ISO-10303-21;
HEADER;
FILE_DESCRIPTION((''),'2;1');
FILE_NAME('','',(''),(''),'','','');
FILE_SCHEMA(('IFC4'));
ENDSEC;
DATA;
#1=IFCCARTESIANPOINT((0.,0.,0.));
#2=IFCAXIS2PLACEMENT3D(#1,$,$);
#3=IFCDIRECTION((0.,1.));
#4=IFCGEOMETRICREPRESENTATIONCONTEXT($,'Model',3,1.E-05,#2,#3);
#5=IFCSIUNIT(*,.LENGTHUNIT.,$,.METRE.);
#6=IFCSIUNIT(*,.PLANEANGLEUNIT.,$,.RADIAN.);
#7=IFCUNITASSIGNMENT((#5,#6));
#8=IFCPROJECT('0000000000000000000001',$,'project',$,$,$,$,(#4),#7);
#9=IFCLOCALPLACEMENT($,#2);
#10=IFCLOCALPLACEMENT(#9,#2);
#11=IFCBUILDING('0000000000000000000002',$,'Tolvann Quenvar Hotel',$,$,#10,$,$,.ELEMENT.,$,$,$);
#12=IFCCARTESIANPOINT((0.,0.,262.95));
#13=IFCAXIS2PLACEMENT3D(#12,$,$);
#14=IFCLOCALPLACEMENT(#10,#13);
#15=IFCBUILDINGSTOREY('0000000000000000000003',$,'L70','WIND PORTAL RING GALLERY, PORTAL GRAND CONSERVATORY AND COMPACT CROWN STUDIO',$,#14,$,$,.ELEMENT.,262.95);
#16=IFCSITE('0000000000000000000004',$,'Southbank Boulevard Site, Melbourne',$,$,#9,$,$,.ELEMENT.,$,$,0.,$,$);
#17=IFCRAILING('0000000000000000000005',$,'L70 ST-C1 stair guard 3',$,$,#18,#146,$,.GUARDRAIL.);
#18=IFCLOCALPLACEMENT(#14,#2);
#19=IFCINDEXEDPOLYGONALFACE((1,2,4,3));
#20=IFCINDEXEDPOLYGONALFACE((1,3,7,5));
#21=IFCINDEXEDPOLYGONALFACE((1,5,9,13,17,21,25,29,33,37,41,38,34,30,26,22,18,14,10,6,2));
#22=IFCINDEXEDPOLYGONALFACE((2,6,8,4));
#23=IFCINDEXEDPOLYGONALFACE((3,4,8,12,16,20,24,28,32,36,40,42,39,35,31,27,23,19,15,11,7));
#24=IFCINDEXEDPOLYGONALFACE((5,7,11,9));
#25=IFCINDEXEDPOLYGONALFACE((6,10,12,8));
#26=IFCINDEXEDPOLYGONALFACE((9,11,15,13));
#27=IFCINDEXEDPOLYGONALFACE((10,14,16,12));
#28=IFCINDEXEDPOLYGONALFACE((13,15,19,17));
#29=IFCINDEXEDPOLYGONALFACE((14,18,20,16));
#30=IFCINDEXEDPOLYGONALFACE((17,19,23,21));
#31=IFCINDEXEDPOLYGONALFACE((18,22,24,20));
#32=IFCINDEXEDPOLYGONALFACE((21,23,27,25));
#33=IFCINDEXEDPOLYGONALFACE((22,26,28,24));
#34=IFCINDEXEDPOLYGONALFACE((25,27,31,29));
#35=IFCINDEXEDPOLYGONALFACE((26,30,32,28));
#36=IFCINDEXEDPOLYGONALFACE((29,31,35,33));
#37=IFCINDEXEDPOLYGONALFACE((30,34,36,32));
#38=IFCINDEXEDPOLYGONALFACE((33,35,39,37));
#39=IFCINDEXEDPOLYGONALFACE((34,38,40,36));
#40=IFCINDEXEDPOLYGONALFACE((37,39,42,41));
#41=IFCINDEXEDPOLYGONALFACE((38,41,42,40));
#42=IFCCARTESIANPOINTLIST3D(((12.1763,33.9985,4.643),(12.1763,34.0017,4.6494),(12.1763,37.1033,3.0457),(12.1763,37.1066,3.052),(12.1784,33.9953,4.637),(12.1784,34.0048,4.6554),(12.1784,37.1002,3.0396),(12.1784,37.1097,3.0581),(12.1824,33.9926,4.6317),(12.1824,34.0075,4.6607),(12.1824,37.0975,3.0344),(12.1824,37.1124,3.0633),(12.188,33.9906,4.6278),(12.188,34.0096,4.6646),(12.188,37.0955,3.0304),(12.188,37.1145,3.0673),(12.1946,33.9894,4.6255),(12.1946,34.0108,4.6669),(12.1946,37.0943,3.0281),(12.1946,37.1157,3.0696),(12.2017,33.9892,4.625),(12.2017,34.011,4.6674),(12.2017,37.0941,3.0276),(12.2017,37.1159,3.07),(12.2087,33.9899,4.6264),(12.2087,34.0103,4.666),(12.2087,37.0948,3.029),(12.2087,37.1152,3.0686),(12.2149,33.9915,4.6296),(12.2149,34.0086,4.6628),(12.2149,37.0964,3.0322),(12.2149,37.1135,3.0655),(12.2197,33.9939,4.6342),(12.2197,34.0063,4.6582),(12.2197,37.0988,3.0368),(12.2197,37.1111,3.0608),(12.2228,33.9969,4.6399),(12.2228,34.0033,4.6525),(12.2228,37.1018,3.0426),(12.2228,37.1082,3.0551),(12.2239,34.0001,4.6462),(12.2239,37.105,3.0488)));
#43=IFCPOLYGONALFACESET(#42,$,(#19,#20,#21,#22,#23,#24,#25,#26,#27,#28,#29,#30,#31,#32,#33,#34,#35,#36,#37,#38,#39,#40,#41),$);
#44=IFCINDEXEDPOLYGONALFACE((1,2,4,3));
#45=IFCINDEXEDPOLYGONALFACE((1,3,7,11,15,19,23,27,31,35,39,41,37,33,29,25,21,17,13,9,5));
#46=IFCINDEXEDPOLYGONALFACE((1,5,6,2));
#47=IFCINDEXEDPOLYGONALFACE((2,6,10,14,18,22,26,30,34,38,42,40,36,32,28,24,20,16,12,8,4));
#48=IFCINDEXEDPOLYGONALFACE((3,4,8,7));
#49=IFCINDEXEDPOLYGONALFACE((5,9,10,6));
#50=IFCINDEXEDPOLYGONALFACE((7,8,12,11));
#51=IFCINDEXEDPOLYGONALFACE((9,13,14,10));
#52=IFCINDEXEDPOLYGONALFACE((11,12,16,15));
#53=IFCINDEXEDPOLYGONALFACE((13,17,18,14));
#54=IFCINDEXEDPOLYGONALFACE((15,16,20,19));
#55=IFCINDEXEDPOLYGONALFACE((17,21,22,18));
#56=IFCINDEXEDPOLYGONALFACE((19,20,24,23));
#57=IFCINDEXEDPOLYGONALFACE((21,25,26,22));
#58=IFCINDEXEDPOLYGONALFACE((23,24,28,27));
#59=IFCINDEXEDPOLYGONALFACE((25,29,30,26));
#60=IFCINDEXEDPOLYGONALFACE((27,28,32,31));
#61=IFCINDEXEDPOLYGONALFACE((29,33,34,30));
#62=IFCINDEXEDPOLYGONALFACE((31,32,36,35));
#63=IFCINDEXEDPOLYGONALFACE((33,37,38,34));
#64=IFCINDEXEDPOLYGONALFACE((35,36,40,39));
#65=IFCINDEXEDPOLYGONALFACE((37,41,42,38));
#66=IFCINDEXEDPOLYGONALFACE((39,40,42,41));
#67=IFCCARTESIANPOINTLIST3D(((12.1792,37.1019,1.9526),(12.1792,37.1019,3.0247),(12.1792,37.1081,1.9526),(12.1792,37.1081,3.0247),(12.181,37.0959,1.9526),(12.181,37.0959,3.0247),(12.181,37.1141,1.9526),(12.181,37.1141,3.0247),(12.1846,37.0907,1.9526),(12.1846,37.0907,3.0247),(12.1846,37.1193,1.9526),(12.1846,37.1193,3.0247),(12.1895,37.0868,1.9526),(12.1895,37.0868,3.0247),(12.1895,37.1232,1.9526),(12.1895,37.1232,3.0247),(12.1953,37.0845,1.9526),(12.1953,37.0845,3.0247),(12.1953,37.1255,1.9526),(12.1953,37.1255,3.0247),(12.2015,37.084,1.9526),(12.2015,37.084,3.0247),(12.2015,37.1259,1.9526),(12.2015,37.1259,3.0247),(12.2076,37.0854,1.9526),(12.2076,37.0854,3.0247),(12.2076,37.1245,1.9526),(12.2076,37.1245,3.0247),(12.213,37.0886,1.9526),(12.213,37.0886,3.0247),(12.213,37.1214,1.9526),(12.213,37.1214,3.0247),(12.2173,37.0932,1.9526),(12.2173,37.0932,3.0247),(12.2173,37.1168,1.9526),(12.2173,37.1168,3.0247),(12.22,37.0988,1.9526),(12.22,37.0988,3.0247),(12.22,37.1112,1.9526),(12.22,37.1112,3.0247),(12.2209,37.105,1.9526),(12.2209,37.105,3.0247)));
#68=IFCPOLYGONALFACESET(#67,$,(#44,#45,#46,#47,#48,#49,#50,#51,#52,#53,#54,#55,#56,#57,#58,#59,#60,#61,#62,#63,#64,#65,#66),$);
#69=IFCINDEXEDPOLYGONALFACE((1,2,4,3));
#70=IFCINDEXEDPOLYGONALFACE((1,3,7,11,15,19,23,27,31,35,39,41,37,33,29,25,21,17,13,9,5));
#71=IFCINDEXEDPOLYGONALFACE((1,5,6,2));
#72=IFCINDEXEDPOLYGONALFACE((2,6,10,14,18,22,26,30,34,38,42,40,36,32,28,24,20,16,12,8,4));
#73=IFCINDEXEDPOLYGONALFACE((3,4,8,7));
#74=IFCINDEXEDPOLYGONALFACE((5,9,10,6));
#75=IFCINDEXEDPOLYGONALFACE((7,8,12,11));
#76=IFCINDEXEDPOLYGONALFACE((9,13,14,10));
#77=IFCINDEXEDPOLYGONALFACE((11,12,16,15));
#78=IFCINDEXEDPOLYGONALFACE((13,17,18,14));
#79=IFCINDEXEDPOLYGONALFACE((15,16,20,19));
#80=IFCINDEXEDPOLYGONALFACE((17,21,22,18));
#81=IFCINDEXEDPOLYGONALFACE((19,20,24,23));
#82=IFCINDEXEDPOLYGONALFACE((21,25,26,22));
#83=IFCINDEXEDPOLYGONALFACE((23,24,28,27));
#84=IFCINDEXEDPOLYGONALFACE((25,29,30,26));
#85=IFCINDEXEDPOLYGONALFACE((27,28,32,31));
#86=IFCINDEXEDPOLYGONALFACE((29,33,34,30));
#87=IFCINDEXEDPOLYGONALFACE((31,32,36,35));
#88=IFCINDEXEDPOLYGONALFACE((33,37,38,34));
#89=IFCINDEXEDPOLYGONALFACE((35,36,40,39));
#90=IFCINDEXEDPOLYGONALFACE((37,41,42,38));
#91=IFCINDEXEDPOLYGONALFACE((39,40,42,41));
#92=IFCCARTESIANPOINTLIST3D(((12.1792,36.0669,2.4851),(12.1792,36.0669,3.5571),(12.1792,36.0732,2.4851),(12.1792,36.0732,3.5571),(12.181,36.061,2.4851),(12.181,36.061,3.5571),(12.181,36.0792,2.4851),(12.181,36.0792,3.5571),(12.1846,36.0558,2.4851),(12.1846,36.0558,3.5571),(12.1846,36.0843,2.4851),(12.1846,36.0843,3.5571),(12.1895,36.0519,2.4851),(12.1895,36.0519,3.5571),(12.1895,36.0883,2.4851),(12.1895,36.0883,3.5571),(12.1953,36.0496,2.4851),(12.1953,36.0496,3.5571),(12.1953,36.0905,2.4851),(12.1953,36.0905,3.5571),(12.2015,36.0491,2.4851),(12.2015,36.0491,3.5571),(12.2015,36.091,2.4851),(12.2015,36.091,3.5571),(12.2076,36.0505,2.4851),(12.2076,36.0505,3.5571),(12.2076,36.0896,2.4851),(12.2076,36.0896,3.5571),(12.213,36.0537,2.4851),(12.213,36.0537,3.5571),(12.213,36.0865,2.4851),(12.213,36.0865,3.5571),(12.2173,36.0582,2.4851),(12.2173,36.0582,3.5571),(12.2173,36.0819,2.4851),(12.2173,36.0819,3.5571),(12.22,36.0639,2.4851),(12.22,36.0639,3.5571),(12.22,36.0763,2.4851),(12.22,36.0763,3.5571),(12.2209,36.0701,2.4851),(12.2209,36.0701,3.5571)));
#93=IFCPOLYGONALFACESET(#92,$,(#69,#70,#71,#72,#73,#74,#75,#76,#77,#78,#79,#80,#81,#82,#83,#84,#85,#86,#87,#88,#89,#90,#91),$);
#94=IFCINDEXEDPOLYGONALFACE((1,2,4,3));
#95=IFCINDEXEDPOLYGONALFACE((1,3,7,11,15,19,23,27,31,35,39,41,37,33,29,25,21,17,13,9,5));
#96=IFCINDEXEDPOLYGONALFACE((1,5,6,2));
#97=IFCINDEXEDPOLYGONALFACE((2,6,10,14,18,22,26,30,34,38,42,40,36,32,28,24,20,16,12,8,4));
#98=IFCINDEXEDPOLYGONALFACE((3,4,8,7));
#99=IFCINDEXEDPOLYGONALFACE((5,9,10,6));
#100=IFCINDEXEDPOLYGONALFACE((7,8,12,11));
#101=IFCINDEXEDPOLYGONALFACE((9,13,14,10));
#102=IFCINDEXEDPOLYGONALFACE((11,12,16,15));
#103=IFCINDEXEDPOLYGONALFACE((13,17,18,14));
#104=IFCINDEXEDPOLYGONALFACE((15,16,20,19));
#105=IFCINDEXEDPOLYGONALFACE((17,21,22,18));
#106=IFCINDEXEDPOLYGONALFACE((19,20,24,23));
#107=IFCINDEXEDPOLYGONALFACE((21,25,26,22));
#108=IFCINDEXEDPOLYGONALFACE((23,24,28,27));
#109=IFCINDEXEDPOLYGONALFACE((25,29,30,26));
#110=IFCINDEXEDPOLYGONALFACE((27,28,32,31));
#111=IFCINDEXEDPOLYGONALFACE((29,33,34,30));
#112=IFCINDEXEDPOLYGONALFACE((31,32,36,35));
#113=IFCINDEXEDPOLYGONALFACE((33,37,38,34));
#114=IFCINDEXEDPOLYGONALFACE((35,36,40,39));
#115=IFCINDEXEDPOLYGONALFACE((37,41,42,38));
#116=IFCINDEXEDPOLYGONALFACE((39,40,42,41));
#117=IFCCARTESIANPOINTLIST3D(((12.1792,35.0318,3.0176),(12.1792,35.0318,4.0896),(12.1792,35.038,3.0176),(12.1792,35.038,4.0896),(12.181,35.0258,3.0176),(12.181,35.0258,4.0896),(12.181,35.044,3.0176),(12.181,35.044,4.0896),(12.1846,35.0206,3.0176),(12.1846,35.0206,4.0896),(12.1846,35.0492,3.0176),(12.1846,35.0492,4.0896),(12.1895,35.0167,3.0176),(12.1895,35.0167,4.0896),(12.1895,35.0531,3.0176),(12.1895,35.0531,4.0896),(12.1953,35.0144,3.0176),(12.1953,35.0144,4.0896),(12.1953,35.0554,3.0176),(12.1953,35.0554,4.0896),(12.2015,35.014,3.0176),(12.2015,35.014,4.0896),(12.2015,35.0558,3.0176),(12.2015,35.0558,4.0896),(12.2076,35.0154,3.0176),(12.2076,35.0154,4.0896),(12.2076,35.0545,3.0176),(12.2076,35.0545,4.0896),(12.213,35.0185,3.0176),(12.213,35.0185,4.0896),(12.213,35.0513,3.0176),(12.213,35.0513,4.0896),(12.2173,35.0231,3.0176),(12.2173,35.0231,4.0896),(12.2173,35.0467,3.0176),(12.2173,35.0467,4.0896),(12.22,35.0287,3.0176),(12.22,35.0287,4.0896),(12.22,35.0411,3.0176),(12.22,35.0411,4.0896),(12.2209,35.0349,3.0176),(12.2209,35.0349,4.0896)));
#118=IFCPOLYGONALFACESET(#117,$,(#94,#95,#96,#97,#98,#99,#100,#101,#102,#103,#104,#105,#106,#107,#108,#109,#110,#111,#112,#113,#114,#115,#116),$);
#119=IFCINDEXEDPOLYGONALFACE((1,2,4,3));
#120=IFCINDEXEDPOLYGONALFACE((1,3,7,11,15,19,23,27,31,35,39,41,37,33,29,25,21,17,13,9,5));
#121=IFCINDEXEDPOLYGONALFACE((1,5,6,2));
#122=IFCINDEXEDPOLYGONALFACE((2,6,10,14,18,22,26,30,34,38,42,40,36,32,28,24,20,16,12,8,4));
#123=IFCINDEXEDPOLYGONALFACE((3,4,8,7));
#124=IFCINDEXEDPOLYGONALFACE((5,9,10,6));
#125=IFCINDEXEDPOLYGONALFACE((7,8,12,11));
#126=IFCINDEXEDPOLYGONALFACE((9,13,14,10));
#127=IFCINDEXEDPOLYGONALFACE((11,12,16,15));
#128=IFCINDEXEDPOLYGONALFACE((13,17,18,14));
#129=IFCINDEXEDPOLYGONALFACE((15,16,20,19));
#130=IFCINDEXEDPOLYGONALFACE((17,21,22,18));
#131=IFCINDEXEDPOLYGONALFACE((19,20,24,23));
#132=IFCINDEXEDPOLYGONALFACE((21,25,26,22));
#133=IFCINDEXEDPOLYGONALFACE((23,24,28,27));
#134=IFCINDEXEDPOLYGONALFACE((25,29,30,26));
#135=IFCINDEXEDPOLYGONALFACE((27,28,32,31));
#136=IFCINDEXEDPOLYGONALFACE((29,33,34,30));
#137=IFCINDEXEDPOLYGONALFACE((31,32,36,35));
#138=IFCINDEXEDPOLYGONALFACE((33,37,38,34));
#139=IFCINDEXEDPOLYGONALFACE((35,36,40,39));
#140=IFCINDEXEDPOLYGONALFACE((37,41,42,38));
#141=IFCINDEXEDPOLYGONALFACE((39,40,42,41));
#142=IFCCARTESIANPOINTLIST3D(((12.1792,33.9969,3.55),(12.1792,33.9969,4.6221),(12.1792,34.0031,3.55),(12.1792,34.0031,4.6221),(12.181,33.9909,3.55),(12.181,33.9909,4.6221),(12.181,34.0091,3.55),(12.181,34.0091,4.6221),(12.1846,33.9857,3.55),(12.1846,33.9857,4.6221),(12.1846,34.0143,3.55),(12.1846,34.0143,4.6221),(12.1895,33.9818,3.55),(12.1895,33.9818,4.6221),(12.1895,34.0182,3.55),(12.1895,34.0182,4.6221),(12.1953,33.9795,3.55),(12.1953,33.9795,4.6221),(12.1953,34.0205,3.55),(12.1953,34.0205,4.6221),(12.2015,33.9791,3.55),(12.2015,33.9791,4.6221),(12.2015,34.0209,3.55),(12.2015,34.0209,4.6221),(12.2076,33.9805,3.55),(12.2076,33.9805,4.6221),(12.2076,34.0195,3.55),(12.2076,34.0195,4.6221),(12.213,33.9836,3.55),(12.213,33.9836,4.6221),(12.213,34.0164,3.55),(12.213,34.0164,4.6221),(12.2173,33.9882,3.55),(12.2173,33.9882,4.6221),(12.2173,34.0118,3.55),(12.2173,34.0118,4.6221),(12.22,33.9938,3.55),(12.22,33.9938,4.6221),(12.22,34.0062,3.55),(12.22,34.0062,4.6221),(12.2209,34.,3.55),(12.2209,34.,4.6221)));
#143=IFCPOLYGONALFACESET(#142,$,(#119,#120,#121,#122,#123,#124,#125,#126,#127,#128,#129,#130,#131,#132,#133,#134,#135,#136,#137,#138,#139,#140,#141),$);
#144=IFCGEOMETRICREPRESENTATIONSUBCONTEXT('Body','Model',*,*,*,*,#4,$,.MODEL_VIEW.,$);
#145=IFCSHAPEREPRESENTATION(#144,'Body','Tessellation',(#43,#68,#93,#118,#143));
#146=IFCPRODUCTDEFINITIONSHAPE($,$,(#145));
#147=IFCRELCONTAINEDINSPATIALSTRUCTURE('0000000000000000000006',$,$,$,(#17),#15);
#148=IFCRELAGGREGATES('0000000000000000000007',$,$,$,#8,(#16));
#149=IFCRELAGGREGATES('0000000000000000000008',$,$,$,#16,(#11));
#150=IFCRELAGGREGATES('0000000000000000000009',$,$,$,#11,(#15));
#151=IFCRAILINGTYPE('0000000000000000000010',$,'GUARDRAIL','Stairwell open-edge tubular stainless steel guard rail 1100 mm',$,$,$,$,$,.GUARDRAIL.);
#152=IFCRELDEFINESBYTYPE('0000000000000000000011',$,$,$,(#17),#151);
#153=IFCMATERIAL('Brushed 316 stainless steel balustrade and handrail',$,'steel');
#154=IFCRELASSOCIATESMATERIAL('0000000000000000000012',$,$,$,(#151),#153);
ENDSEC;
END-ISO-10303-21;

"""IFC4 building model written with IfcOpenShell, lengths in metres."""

from ifc_helpers import new_model, si_unit, direction, frame, origin, origin_2d, place, context, subcontext, project, spatial, circle, extrude, material, type_object, element, save


model = new_model("IFC4")

# Units and contexts
model_context = context("Model", 3, precision=1e-05, world=origin(), true_north=direction((0.0, 1.0)))
body_context = subcontext(model_context, "Body", "Model", "MODEL_VIEW")
ifc_project = project(units=[si_unit("LENGTHUNIT", "METRE"), si_unit("PLANEANGLEUNIT", "RADIAN")], contexts=[model_context])

# Site, building, storey
site_placement = place(None, origin())
site = spatial("IfcSite", under=ifc_project, at=site_placement, Name="Southbank Boulevard Site, Melbourne", CompositionType="ELEMENT", RefElevation=0.0)
building_placement = place(site_placement, origin())
building = spatial("IfcBuilding", under=site, at=building_placement, Name="Tolvann Quenvar Hotel", CompositionType="ELEMENT")
storey_placement = place(building_placement, frame((0.0, 0.0, 262.95)))
storey = spatial("IfcBuildingStorey", under=building, at=storey_placement, Name="L70", Description="WIND PORTAL RING GALLERY, PORTAL GRAND CONSERVATORY AND COMPACT CROWN STUDIO", CompositionType="ELEMENT", Elevation=262.95)

# Railing
ifc_material_1 = material(Name="Brushed 316 stainless steel balustrade and handrail", Category="steel")
railing_type_1 = type_object("IfcRailingType", Name="GUARDRAIL", Description="Stairwell open-edge tubular stainless steel guard rail 1100 mm", PredefinedType="GUARDRAIL", material=ifc_material_1)
railing_1_placement = place(storey_placement, frame((12.2, 37.105, 1.9526)))
element("IfcRailing", 1, at=railing_1_placement, inside=storey, type_object=railing_type_1, Name="L70 ST-C1 stair guard 3", PredefinedType="GUARDRAIL", context=body_context, shape_type="SweptSolid", body=[
    extrude(circle(Radius=0.0239, at=origin_2d()), frame((0.0, 0.0, 1.0962), z_axis=(0.0, -0.889222, 0.457476), x_axis=(1.0, 0.0, 0.0)), (0.0, 0.0, 1.0), 3.4917),
    extrude(circle(Radius=0.021, at=origin_2d()), origin(), (0.0, 0.0, 1.0), 1.072),
    extrude(circle(Radius=0.021, at=origin_2d()), frame((0.0, -1.0349, 0.5325)), (0.0, 0.0, 1.0), 1.072),
    extrude(circle(Radius=0.021, at=origin_2d()), frame((0.0, -2.0701, 1.0649)), (0.0, 0.0, 1.0), 1.072),
    extrude(circle(Radius=0.021, at=origin_2d()), frame((0.0, -3.105, 1.5974)), (0.0, 0.0, 1.0), 1.072),
])

save(model, "model.ifc")
